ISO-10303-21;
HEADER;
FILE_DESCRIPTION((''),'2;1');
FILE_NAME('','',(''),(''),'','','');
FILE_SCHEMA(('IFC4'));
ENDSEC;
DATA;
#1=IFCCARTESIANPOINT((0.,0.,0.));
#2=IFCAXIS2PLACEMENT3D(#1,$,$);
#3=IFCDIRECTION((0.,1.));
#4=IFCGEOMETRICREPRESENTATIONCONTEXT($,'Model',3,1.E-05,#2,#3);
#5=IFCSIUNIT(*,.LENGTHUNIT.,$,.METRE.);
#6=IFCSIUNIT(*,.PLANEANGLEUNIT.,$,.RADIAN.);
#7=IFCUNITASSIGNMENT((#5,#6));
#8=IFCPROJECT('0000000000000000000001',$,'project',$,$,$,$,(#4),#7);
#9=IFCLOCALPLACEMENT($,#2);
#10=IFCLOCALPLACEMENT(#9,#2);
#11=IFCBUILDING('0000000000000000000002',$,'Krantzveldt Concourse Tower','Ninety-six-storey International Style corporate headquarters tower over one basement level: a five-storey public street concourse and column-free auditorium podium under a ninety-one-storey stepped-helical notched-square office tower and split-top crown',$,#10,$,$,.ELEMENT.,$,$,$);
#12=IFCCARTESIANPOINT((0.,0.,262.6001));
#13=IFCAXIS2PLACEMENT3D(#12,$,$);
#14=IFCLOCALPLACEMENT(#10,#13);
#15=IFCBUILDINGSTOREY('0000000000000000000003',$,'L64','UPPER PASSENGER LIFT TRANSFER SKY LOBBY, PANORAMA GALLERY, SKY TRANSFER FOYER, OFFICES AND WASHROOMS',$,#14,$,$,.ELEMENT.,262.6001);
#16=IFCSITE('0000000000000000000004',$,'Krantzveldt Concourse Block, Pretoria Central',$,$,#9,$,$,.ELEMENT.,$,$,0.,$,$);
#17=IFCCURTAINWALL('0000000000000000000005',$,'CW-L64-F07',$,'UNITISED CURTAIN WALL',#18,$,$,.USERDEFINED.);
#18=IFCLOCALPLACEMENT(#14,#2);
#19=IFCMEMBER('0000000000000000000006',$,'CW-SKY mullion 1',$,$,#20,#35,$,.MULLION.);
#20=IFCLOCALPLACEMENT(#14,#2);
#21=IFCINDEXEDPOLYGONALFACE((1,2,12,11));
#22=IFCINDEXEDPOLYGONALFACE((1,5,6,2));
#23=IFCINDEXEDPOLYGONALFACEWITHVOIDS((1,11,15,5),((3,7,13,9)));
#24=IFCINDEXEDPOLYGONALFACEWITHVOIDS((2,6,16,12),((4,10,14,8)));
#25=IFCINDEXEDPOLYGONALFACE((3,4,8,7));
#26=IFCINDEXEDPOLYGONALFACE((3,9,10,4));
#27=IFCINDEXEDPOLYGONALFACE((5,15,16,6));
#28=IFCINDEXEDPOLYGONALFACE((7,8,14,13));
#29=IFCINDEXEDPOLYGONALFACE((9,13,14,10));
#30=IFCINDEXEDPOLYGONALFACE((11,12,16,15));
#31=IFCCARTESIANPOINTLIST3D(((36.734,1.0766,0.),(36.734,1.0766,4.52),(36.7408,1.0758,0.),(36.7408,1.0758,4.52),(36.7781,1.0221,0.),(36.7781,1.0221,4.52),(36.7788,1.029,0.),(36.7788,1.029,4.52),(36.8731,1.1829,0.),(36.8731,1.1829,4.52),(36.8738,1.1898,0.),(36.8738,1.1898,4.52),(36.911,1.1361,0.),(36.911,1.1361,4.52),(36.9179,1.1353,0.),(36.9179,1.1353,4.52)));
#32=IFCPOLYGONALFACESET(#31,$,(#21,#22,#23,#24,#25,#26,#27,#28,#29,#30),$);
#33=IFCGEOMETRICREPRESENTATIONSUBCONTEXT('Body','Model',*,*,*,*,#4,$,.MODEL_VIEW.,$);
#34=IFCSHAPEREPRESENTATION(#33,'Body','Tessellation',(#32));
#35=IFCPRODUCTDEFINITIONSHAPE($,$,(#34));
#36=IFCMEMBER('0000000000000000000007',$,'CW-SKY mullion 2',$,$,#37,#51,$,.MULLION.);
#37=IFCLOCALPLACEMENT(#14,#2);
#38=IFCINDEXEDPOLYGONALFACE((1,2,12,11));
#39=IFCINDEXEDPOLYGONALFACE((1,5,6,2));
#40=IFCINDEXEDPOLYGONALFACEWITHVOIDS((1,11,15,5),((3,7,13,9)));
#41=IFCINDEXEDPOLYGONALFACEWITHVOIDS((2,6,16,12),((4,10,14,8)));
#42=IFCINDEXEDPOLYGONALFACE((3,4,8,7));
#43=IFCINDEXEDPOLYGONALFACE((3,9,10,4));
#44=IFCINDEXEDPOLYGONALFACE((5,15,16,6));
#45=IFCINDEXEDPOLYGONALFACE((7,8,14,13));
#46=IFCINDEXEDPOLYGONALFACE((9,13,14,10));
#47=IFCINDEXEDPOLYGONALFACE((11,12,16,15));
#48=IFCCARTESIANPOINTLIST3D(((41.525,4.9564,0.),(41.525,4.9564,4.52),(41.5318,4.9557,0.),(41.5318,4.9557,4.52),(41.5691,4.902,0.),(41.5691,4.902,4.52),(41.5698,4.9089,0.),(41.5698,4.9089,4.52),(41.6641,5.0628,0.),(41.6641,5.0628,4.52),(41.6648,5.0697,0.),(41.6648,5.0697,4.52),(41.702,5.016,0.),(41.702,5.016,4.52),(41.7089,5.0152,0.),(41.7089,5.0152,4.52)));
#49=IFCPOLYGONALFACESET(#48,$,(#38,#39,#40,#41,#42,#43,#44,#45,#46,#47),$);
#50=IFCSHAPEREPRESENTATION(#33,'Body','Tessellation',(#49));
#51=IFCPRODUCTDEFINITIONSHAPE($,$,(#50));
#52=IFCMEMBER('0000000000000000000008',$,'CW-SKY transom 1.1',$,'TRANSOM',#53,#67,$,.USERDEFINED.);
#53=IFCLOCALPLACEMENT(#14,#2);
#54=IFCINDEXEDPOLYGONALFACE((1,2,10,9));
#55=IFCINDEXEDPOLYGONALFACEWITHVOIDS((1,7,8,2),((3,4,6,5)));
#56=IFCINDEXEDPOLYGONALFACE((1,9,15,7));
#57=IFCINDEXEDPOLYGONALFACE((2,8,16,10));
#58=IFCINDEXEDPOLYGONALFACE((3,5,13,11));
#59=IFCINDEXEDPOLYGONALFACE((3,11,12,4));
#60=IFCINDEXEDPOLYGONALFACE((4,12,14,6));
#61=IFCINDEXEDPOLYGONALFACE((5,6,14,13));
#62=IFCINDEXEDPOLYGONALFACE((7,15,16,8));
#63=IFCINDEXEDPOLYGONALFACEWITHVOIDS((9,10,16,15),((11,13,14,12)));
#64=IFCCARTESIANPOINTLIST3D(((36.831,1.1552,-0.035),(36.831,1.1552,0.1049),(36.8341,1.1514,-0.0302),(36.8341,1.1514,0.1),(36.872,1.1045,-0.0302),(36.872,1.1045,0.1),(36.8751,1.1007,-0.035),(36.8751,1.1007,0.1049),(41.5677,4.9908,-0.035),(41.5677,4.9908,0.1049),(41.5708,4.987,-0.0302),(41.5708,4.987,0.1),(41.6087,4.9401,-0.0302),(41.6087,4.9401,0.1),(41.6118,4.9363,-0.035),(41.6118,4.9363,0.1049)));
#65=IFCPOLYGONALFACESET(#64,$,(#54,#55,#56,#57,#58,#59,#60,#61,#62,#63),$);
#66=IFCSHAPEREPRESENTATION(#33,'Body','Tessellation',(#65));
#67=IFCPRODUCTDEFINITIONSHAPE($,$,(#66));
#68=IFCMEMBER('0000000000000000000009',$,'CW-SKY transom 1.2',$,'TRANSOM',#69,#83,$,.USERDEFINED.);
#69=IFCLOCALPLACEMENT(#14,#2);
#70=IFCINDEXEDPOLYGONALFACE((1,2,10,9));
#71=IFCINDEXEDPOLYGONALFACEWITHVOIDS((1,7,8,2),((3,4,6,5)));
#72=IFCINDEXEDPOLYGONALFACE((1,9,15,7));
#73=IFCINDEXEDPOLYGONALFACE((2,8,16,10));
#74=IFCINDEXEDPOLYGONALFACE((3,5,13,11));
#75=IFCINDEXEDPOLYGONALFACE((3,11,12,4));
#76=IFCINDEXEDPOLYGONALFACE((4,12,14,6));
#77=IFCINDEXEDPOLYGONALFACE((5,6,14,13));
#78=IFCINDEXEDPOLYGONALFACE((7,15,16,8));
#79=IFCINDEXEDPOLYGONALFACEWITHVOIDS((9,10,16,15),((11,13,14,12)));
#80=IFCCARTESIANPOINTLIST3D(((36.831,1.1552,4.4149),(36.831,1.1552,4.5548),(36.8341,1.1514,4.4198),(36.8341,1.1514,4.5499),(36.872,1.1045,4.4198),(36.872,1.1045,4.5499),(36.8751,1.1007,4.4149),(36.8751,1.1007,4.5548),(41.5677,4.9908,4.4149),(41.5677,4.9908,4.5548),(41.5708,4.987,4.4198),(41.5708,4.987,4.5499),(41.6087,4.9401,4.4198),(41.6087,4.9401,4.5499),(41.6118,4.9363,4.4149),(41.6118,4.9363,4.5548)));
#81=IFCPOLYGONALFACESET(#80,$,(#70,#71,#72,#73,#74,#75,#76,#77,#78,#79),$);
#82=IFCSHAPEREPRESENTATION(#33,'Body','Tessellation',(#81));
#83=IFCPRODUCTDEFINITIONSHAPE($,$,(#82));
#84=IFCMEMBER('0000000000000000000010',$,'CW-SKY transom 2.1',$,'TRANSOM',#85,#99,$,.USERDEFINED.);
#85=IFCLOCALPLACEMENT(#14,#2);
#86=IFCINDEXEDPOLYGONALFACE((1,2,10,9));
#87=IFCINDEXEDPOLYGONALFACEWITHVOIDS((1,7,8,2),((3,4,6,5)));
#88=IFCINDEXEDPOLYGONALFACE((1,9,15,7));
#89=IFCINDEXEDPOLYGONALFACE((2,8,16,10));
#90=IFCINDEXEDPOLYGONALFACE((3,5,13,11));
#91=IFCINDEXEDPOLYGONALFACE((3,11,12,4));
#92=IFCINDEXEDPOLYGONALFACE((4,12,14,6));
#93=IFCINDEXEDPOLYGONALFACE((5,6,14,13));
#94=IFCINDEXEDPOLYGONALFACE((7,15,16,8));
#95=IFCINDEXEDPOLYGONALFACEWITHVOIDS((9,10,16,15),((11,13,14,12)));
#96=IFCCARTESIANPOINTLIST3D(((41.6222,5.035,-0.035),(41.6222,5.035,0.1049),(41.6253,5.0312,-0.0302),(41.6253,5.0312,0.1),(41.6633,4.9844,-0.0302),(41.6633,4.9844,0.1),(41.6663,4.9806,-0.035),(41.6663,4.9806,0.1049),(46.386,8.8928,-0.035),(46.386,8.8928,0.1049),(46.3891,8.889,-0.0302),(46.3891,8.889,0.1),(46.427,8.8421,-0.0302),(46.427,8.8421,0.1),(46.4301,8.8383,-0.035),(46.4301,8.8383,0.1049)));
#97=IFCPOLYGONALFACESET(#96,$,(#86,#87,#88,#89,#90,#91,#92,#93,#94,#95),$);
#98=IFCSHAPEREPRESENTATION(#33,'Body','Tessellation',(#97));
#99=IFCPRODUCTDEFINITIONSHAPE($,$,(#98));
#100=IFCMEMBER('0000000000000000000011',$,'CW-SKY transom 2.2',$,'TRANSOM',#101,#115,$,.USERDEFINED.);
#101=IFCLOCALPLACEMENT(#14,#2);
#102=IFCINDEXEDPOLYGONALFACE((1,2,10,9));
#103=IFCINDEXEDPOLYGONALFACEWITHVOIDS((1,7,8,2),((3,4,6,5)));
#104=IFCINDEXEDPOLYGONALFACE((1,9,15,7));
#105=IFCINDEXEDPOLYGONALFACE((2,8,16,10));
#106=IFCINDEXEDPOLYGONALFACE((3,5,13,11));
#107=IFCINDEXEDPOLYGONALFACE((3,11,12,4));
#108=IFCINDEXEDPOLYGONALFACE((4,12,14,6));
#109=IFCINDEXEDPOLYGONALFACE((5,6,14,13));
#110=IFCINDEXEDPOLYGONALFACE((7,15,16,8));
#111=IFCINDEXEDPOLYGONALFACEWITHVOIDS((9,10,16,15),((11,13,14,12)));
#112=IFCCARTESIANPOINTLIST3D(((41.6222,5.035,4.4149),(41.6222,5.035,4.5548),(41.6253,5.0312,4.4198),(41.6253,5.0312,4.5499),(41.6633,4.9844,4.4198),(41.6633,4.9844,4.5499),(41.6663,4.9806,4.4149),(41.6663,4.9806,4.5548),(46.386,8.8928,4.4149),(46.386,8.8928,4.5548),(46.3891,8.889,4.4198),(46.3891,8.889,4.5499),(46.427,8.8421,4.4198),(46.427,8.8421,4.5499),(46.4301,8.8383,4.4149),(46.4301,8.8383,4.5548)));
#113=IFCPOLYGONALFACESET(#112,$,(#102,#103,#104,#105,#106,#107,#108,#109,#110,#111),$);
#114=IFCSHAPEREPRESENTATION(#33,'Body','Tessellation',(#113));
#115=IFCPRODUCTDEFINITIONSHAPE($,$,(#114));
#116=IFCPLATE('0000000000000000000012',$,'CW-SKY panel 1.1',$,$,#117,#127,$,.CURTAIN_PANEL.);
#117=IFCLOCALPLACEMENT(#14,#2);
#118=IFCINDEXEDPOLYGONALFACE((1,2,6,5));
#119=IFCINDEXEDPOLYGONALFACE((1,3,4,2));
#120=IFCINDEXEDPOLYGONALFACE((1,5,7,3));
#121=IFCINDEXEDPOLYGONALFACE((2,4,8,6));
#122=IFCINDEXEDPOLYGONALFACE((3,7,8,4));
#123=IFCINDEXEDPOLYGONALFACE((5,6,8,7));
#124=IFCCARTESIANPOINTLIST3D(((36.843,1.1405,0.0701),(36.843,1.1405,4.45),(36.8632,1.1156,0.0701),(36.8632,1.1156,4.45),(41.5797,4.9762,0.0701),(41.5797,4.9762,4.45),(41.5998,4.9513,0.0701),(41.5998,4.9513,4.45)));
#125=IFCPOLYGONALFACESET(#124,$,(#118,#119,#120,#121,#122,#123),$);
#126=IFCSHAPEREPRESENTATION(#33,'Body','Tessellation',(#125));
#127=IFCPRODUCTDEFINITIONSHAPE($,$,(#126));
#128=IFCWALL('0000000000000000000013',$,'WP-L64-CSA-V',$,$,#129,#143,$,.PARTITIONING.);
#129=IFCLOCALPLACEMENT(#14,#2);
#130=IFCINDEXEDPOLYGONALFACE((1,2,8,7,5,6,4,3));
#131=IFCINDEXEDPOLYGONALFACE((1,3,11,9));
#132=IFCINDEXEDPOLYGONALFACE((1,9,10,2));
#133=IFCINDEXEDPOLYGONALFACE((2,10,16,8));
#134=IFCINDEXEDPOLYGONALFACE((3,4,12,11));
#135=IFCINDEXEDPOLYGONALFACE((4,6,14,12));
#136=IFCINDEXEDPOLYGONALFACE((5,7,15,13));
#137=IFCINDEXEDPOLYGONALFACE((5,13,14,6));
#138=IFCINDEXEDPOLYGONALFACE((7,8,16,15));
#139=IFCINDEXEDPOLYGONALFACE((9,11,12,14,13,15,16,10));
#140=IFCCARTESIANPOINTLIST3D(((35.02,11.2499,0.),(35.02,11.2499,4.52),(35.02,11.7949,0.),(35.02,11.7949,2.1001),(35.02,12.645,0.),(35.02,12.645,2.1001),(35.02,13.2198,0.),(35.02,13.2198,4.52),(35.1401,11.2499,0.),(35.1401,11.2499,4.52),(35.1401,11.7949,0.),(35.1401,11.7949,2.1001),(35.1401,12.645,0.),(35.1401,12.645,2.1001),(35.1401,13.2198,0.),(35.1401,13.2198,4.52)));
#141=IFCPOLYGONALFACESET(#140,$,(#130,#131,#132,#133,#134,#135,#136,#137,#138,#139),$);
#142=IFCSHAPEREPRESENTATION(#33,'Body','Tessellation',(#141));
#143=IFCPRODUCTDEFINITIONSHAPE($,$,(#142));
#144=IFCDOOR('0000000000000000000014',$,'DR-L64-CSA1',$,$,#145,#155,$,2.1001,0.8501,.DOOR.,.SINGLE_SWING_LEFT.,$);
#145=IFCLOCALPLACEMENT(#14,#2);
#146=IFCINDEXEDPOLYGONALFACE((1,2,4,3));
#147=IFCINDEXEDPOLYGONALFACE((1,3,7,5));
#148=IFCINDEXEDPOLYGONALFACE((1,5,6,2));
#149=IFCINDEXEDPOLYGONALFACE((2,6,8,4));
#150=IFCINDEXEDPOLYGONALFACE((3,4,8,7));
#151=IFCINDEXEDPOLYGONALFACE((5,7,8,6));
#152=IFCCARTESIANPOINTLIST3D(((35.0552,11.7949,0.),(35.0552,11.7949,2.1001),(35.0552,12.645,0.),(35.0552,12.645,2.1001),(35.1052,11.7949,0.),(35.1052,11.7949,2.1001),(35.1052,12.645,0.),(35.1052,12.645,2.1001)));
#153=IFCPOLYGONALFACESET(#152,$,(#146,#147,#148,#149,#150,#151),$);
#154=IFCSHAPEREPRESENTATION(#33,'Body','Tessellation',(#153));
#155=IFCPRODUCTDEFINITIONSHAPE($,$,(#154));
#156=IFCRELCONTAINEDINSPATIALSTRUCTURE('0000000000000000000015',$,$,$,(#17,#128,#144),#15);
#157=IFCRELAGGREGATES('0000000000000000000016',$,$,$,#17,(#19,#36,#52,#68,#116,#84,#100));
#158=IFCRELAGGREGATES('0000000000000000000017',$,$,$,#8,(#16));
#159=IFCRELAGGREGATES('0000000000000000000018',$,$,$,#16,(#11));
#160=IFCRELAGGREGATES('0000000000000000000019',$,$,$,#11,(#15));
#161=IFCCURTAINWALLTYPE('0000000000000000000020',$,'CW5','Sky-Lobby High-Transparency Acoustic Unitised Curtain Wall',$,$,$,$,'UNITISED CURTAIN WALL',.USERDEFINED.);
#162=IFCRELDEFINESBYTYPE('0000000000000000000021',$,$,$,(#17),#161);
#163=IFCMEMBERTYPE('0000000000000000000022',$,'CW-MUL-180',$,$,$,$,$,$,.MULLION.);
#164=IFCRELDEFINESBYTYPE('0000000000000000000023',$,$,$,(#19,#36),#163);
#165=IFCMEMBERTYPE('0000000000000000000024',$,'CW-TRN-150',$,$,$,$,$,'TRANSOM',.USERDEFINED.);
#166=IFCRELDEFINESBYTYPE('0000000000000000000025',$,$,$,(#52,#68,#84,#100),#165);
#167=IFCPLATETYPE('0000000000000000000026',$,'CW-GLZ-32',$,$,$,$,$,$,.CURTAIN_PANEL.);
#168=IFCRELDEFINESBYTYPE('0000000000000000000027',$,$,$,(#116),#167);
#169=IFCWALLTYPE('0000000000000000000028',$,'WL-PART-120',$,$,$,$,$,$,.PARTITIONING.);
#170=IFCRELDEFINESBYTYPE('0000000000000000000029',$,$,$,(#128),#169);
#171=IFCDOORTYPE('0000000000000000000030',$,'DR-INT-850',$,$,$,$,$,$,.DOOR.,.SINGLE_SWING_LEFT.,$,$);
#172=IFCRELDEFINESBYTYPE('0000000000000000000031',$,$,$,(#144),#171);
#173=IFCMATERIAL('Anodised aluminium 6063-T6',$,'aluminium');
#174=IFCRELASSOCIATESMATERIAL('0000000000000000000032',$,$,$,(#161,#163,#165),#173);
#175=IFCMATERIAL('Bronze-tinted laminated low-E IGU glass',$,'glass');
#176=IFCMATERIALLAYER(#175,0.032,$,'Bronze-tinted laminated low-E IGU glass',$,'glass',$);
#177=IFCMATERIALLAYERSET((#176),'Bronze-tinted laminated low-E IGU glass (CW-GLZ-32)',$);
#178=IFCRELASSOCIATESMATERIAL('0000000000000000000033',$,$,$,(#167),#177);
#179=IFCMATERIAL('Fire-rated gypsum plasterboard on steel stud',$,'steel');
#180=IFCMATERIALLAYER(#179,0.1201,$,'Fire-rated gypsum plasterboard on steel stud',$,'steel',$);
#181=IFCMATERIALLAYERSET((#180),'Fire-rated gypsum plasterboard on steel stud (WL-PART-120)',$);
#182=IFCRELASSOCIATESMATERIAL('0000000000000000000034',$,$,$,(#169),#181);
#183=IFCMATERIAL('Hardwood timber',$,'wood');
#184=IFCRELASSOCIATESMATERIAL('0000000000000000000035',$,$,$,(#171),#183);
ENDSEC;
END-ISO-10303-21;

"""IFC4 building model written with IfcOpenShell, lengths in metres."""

from ifc_helpers import new_model, si_unit, direction, frame, frame_2d, origin, origin_2d, place, context, subcontext, project, spatial, rectangle, hollow_rectangle, extrude, source, transform, mapped, material, layer, layer_set, material_profile, profile_set, type_object, type_shapes, element, fill, aggregate, save


model = new_model("IFC4")

# Units and contexts
model_context = context("Model", 3, precision=1e-05, world=origin(), true_north=direction((0.0, 1.0)))
body_context = subcontext(model_context, "Body", "Model", "MODEL_VIEW")
ifc_project = project(units=[si_unit("LENGTHUNIT", "METRE"), si_unit("PLANEANGLEUNIT", "RADIAN")], contexts=[model_context])

# Site, building, storey
site_placement = place(None, origin())
site = spatial("IfcSite", under=ifc_project, at=site_placement, Name="Krantzveldt Concourse Block, Pretoria Central", CompositionType="ELEMENT", RefElevation=0.0)
building_placement = place(site_placement, origin())
building = spatial("IfcBuilding", under=site, at=building_placement, Name="Krantzveldt Concourse Tower", Description="Ninety-six-storey International Style corporate headquarters tower over one basement level: a five-storey public street concourse and column-free auditorium podium under a ninety-one-storey stepped-helical notched-square office tower and split-top crown", CompositionType="ELEMENT")
storey_placement = place(building_placement, frame((0.0, 0.0, 262.6001)))
storey = spatial("IfcBuildingStorey", under=building, at=storey_placement, Name="L64", Description="UPPER PASSENGER LIFT TRANSFER SKY LOBBY, PANORAMA GALLERY, SKY TRANSFER FOYER, OFFICES AND WASHROOMS", CompositionType="ELEMENT", Elevation=262.6001)

# Curtain wall, members, plate
ifc_material_1 = material(Name="Anodised aluminium 6063-T6", Category="aluminium")
curtain_wall_type = type_object("IfcCurtainWallType", Name="CW5", Description="Sky-Lobby High-Transparency Acoustic Unitised Curtain Wall", ElementType="UNITISED CURTAIN WALL", PredefinedType="USERDEFINED", material=ifc_material_1)
curtain_wall_placement = place(storey_placement, origin())
curtain_wall = element("IfcCurtainWall", 1, at=curtain_wall_placement, inside=storey, type_object=curtain_wall_type, Name="CW-L64-F07", ObjectType="UNITISED CURTAIN WALL", PredefinedType="USERDEFINED")
ifc_material_profile_1 = material_profile(ifc_material_1, hollow_rectangle(XDim=0.0701, YDim=0.1799, WallThickness=0.0049, at=origin_2d()), Name="Anodised aluminium 6063-T6", Category="aluminium")
ifc_profile_set_1 = profile_set([ifc_material_profile_1], Name="Anodised aluminium 6063-T6 - ALU-MULL 180x70x5")
member_type_1 = type_object("IfcMemberType", Name="CW-MUL-180", PredefinedType="MULLION", material=ifc_profile_set_1)
shared_shape_1 = source(origin(), body_context, "Body", "SweptSolid", [
    extrude(hollow_rectangle(XDim=0.0701, YDim=0.1799, WallThickness=0.0049, at=origin_2d()), origin(), (0.0, 0.0, 1.0), 4.52),
])
type_shapes(member_type_1, [shared_shape_1])
member_1_placement = place(storey_placement, frame((36.8259, 1.106, 0.0), z_axis=(0.0, 0.0, 1.0), x_axis=(-0.62932, 0.777146, 0.0)))
member_1 = element("IfcMember", 2, at=member_1_placement, type_object=member_type_1, Name="CW-SKY mullion 1", PredefinedType="MULLION", context=body_context, shape_type="MappedRepresentation", body=[
    mapped(shared_shape_1, transform((0.0, 0.0, 0.0), x_axis=(1.0, 0.0, 0.0), y_axis=(0.0, 1.0, 0.0), z_axis=(0.0, 0.0, 1.0), scale=1.0)),
])
member_2_placement = place(storey_placement, frame((41.6169, 4.9858, 0.0), z_axis=(0.0, 0.0, 1.0), x_axis=(-0.62932, 0.777146, 0.0)))
member_2 = element("IfcMember", 3, at=member_2_placement, type_object=member_type_1, Name="CW-SKY mullion 2", PredefinedType="MULLION", context=body_context, shape_type="MappedRepresentation", body=[
    mapped(shared_shape_1, transform((0.0, 0.0, 0.0), x_axis=(1.0, 0.0, 0.0), y_axis=(0.0, 1.0, 0.0), z_axis=(0.0, 0.0, 1.0), scale=1.0)),
])
ifc_material_profile_2 = material_profile(ifc_material_1, hollow_rectangle(XDim=0.0701, YDim=0.1399, WallThickness=0.0049, at=origin_2d()), Name="Anodised aluminium 6063-T6", Category="aluminium")
ifc_profile_set_2 = profile_set([ifc_material_profile_2], Name="Anodised aluminium 6063-T6 - ALU-TRAN 140x70x5")
member_type_2 = type_object("IfcMemberType", Name="CW-TRN-150", ElementType="TRANSOM", PredefinedType="USERDEFINED", material=ifc_profile_set_2)
shared_shape_2 = source(origin(), body_context, "Body", "SweptSolid", [
    extrude(hollow_rectangle(XDim=0.0701, YDim=0.1399, WallThickness=0.0049, at=origin_2d()), origin(), (0.0, 0.0, 1.0), 6.095),
])
member_3_placement = place(storey_placement, frame((36.853, 1.1279, 0.0349), z_axis=(0.777154, 0.62931, 0.0), x_axis=(-0.62931, 0.777154, 0.0)))
member_3 = element("IfcMember", 4, at=member_3_placement, type_object=member_type_2, Name="CW-SKY transom 1.1", ObjectType="TRANSOM", PredefinedType="USERDEFINED", context=body_context, shape_type="MappedRepresentation", body=[
    mapped(shared_shape_2, transform((0.0, 0.0, 0.0), x_axis=(1.0, 0.0, 0.0), y_axis=(0.0, 1.0, 0.0), z_axis=(0.0, 0.0, 1.0), scale=1.0)),
])
member_4_placement = place(storey_placement, frame((36.853, 1.1279, 4.4849), z_axis=(0.777154, 0.62931, 0.0), x_axis=(-0.62931, 0.777154, 0.0)))
member_4 = element("IfcMember", 5, at=member_4_placement, type_object=member_type_2, Name="CW-SKY transom 1.2", ObjectType="TRANSOM", PredefinedType="USERDEFINED", context=body_context, shape_type="MappedRepresentation", body=[
    mapped(shared_shape_2, transform((0.0, 0.0, 0.0), x_axis=(1.0, 0.0, 0.0), y_axis=(0.0, 1.0, 0.0), z_axis=(0.0, 0.0, 1.0), scale=1.0)),
])
shared_shape_3 = source(origin(), body_context, "Body", "SweptSolid", [
    extrude(hollow_rectangle(XDim=0.0701, YDim=0.1399, WallThickness=0.0049, at=origin_2d()), origin(), (0.0, 0.0, 1.0), 6.1299),
])
type_shapes(member_type_2, [shared_shape_2, shared_shape_3])
member_5_placement = place(storey_placement, frame((41.6443, 5.0078, 0.0349), z_axis=(0.777136, 0.629332, 0.0), x_axis=(-0.629332, 0.777136, 0.0)))
member_5 = element("IfcMember", 6, at=member_5_placement, type_object=member_type_2, Name="CW-SKY transom 2.1", ObjectType="TRANSOM", PredefinedType="USERDEFINED", context=body_context, shape_type="MappedRepresentation", body=[
    mapped(shared_shape_3, transform((0.0, 0.0, 0.0), x_axis=(1.0, 0.0, 0.0), y_axis=(0.0, 1.0, 0.0), z_axis=(0.0, 0.0, 1.0), scale=1.0)),
])
member_6_placement = place(storey_placement, frame((41.6443, 5.0078, 4.4849), z_axis=(0.777136, 0.629332, 0.0), x_axis=(-0.629332, 0.777136, 0.0)))
member_6 = element("IfcMember", 7, at=member_6_placement, type_object=member_type_2, Name="CW-SKY transom 2.2", ObjectType="TRANSOM", PredefinedType="USERDEFINED", context=body_context, shape_type="MappedRepresentation", body=[
    mapped(shared_shape_3, transform((0.0, 0.0, 0.0), x_axis=(1.0, 0.0, 0.0), y_axis=(0.0, 1.0, 0.0), z_axis=(0.0, 0.0, 1.0), scale=1.0)),
])
ifc_material_2 = material(Name="Bronze-tinted laminated low-E IGU glass", Category="glass")
ifc_layer_1 = layer(ifc_material_2, 0.032, Name="Bronze-tinted laminated low-E IGU glass", Category="glass")
ifc_layer_set_1 = layer_set([ifc_layer_1], Name="Bronze-tinted laminated low-E IGU glass (CW-GLZ-32)")
plate_type = type_object("IfcPlateType", Name="CW-GLZ-32", PredefinedType="CURTAIN_PANEL", material=ifc_layer_set_1)
shared_shape_4 = source(origin(), body_context, "Body", "SweptSolid", [
    extrude(rectangle(XDim=6.095, YDim=0.032, at=origin_2d()), origin(), (0.0, 0.0, 1.0), 4.3799),
])
type_shapes(plate_type, [shared_shape_4])
plate_placement = place(storey_placement, frame((39.2214, 3.0459, 0.0701), z_axis=(0.0, 0.0, 1.0), x_axis=(0.777146, 0.62932, 0.0)))
plate = element("IfcPlate", 8, at=plate_placement, type_object=plate_type, Name="CW-SKY panel 1.1", PredefinedType="CURTAIN_PANEL", context=body_context, shape_type="MappedRepresentation", body=[
    mapped(shared_shape_4, transform((0.0, 0.0, 0.0), x_axis=(1.0, 0.0, 0.0), y_axis=(0.0, 1.0, 0.0), z_axis=(0.0, 0.0, 1.0), scale=1.0)),
])
aggregate(curtain_wall, [member_1, member_2, member_3, member_4, plate, member_5, member_6])

# Wall, opening, door
ifc_material_3 = material(Name="Fire-rated gypsum plasterboard on steel stud", Category="steel")
ifc_layer_2 = layer(ifc_material_3, 0.1201, Name="Fire-rated gypsum plasterboard on steel stud", Category="steel")
ifc_layer_set_2 = layer_set([ifc_layer_2], Name="Fire-rated gypsum plasterboard on steel stud (WL-PART-120)")
wall_type_1 = type_object("IfcWallType", Name="WL-PART-120", PredefinedType="PARTITIONING", material=ifc_layer_set_2)
wall_1_placement = place(storey_placement, frame((35.0801, 11.25, 0.0), z_axis=(0.0, 0.0, 1.0), x_axis=(0.0, 1.0, 0.0)))
wall_1 = element("IfcWall", 9, at=wall_1_placement, inside=storey, type_object=wall_type_1, Name="WP-L64-CSA-V", PredefinedType="PARTITIONING", context=body_context, shape_type="SweptSolid", body=[
    extrude(rectangle(XDim=1.97, YDim=0.1201, at=frame_2d((0.9849, 0.0))), origin(), (0.0, 0.0, 1.0), 4.52),
])
opening_1_placement = place(wall_1_placement, frame((0.5449, 0.0, 0.0)))
opening_1 = element("IfcOpeningElement", 10, at=opening_1_placement, cuts=wall_1, PredefinedType="OPENING", context=body_context, shape_type="SweptSolid", body=[
    extrude(rectangle(XDim=0.8501, YDim=2.1001, at=frame_2d((0.425, 1.05))), frame((0.0, 0.0701, 0.0), z_axis=(0.0, -1.0, 0.0), x_axis=(1.0, 0.0, 0.0)), (0.0, 0.0, 1.0), 0.1401),
])
ifc_material_4 = material(Name="Hardwood timber", Category="wood")
door_type_1 = type_object("IfcDoorType", Name="DR-INT-850", OperationType="SINGLE_SWING_LEFT", PredefinedType="DOOR", material=ifc_material_4)
door_1_placement = place(opening_1_placement, origin())
door_1 = element("IfcDoor", 11, at=door_1_placement, inside=storey, type_object=door_type_1, Name="DR-L64-CSA1", OperationType="SINGLE_SWING_LEFT", OverallHeight=2.1001, OverallWidth=0.8501, PredefinedType="DOOR", context=body_context, shape_type="SweptSolid", body=[
    extrude(rectangle(XDim=0.8501, YDim=2.1001, at=frame_2d((0.425, 1.05))), frame((0.0, 0.0249, 0.0), z_axis=(0.0, -1.0, 0.0), x_axis=(1.0, 0.0, 0.0)), (0.0, 0.0, 1.0), 0.05),
])
fill(opening_1, door_1)

save(model, "model.ifc")
